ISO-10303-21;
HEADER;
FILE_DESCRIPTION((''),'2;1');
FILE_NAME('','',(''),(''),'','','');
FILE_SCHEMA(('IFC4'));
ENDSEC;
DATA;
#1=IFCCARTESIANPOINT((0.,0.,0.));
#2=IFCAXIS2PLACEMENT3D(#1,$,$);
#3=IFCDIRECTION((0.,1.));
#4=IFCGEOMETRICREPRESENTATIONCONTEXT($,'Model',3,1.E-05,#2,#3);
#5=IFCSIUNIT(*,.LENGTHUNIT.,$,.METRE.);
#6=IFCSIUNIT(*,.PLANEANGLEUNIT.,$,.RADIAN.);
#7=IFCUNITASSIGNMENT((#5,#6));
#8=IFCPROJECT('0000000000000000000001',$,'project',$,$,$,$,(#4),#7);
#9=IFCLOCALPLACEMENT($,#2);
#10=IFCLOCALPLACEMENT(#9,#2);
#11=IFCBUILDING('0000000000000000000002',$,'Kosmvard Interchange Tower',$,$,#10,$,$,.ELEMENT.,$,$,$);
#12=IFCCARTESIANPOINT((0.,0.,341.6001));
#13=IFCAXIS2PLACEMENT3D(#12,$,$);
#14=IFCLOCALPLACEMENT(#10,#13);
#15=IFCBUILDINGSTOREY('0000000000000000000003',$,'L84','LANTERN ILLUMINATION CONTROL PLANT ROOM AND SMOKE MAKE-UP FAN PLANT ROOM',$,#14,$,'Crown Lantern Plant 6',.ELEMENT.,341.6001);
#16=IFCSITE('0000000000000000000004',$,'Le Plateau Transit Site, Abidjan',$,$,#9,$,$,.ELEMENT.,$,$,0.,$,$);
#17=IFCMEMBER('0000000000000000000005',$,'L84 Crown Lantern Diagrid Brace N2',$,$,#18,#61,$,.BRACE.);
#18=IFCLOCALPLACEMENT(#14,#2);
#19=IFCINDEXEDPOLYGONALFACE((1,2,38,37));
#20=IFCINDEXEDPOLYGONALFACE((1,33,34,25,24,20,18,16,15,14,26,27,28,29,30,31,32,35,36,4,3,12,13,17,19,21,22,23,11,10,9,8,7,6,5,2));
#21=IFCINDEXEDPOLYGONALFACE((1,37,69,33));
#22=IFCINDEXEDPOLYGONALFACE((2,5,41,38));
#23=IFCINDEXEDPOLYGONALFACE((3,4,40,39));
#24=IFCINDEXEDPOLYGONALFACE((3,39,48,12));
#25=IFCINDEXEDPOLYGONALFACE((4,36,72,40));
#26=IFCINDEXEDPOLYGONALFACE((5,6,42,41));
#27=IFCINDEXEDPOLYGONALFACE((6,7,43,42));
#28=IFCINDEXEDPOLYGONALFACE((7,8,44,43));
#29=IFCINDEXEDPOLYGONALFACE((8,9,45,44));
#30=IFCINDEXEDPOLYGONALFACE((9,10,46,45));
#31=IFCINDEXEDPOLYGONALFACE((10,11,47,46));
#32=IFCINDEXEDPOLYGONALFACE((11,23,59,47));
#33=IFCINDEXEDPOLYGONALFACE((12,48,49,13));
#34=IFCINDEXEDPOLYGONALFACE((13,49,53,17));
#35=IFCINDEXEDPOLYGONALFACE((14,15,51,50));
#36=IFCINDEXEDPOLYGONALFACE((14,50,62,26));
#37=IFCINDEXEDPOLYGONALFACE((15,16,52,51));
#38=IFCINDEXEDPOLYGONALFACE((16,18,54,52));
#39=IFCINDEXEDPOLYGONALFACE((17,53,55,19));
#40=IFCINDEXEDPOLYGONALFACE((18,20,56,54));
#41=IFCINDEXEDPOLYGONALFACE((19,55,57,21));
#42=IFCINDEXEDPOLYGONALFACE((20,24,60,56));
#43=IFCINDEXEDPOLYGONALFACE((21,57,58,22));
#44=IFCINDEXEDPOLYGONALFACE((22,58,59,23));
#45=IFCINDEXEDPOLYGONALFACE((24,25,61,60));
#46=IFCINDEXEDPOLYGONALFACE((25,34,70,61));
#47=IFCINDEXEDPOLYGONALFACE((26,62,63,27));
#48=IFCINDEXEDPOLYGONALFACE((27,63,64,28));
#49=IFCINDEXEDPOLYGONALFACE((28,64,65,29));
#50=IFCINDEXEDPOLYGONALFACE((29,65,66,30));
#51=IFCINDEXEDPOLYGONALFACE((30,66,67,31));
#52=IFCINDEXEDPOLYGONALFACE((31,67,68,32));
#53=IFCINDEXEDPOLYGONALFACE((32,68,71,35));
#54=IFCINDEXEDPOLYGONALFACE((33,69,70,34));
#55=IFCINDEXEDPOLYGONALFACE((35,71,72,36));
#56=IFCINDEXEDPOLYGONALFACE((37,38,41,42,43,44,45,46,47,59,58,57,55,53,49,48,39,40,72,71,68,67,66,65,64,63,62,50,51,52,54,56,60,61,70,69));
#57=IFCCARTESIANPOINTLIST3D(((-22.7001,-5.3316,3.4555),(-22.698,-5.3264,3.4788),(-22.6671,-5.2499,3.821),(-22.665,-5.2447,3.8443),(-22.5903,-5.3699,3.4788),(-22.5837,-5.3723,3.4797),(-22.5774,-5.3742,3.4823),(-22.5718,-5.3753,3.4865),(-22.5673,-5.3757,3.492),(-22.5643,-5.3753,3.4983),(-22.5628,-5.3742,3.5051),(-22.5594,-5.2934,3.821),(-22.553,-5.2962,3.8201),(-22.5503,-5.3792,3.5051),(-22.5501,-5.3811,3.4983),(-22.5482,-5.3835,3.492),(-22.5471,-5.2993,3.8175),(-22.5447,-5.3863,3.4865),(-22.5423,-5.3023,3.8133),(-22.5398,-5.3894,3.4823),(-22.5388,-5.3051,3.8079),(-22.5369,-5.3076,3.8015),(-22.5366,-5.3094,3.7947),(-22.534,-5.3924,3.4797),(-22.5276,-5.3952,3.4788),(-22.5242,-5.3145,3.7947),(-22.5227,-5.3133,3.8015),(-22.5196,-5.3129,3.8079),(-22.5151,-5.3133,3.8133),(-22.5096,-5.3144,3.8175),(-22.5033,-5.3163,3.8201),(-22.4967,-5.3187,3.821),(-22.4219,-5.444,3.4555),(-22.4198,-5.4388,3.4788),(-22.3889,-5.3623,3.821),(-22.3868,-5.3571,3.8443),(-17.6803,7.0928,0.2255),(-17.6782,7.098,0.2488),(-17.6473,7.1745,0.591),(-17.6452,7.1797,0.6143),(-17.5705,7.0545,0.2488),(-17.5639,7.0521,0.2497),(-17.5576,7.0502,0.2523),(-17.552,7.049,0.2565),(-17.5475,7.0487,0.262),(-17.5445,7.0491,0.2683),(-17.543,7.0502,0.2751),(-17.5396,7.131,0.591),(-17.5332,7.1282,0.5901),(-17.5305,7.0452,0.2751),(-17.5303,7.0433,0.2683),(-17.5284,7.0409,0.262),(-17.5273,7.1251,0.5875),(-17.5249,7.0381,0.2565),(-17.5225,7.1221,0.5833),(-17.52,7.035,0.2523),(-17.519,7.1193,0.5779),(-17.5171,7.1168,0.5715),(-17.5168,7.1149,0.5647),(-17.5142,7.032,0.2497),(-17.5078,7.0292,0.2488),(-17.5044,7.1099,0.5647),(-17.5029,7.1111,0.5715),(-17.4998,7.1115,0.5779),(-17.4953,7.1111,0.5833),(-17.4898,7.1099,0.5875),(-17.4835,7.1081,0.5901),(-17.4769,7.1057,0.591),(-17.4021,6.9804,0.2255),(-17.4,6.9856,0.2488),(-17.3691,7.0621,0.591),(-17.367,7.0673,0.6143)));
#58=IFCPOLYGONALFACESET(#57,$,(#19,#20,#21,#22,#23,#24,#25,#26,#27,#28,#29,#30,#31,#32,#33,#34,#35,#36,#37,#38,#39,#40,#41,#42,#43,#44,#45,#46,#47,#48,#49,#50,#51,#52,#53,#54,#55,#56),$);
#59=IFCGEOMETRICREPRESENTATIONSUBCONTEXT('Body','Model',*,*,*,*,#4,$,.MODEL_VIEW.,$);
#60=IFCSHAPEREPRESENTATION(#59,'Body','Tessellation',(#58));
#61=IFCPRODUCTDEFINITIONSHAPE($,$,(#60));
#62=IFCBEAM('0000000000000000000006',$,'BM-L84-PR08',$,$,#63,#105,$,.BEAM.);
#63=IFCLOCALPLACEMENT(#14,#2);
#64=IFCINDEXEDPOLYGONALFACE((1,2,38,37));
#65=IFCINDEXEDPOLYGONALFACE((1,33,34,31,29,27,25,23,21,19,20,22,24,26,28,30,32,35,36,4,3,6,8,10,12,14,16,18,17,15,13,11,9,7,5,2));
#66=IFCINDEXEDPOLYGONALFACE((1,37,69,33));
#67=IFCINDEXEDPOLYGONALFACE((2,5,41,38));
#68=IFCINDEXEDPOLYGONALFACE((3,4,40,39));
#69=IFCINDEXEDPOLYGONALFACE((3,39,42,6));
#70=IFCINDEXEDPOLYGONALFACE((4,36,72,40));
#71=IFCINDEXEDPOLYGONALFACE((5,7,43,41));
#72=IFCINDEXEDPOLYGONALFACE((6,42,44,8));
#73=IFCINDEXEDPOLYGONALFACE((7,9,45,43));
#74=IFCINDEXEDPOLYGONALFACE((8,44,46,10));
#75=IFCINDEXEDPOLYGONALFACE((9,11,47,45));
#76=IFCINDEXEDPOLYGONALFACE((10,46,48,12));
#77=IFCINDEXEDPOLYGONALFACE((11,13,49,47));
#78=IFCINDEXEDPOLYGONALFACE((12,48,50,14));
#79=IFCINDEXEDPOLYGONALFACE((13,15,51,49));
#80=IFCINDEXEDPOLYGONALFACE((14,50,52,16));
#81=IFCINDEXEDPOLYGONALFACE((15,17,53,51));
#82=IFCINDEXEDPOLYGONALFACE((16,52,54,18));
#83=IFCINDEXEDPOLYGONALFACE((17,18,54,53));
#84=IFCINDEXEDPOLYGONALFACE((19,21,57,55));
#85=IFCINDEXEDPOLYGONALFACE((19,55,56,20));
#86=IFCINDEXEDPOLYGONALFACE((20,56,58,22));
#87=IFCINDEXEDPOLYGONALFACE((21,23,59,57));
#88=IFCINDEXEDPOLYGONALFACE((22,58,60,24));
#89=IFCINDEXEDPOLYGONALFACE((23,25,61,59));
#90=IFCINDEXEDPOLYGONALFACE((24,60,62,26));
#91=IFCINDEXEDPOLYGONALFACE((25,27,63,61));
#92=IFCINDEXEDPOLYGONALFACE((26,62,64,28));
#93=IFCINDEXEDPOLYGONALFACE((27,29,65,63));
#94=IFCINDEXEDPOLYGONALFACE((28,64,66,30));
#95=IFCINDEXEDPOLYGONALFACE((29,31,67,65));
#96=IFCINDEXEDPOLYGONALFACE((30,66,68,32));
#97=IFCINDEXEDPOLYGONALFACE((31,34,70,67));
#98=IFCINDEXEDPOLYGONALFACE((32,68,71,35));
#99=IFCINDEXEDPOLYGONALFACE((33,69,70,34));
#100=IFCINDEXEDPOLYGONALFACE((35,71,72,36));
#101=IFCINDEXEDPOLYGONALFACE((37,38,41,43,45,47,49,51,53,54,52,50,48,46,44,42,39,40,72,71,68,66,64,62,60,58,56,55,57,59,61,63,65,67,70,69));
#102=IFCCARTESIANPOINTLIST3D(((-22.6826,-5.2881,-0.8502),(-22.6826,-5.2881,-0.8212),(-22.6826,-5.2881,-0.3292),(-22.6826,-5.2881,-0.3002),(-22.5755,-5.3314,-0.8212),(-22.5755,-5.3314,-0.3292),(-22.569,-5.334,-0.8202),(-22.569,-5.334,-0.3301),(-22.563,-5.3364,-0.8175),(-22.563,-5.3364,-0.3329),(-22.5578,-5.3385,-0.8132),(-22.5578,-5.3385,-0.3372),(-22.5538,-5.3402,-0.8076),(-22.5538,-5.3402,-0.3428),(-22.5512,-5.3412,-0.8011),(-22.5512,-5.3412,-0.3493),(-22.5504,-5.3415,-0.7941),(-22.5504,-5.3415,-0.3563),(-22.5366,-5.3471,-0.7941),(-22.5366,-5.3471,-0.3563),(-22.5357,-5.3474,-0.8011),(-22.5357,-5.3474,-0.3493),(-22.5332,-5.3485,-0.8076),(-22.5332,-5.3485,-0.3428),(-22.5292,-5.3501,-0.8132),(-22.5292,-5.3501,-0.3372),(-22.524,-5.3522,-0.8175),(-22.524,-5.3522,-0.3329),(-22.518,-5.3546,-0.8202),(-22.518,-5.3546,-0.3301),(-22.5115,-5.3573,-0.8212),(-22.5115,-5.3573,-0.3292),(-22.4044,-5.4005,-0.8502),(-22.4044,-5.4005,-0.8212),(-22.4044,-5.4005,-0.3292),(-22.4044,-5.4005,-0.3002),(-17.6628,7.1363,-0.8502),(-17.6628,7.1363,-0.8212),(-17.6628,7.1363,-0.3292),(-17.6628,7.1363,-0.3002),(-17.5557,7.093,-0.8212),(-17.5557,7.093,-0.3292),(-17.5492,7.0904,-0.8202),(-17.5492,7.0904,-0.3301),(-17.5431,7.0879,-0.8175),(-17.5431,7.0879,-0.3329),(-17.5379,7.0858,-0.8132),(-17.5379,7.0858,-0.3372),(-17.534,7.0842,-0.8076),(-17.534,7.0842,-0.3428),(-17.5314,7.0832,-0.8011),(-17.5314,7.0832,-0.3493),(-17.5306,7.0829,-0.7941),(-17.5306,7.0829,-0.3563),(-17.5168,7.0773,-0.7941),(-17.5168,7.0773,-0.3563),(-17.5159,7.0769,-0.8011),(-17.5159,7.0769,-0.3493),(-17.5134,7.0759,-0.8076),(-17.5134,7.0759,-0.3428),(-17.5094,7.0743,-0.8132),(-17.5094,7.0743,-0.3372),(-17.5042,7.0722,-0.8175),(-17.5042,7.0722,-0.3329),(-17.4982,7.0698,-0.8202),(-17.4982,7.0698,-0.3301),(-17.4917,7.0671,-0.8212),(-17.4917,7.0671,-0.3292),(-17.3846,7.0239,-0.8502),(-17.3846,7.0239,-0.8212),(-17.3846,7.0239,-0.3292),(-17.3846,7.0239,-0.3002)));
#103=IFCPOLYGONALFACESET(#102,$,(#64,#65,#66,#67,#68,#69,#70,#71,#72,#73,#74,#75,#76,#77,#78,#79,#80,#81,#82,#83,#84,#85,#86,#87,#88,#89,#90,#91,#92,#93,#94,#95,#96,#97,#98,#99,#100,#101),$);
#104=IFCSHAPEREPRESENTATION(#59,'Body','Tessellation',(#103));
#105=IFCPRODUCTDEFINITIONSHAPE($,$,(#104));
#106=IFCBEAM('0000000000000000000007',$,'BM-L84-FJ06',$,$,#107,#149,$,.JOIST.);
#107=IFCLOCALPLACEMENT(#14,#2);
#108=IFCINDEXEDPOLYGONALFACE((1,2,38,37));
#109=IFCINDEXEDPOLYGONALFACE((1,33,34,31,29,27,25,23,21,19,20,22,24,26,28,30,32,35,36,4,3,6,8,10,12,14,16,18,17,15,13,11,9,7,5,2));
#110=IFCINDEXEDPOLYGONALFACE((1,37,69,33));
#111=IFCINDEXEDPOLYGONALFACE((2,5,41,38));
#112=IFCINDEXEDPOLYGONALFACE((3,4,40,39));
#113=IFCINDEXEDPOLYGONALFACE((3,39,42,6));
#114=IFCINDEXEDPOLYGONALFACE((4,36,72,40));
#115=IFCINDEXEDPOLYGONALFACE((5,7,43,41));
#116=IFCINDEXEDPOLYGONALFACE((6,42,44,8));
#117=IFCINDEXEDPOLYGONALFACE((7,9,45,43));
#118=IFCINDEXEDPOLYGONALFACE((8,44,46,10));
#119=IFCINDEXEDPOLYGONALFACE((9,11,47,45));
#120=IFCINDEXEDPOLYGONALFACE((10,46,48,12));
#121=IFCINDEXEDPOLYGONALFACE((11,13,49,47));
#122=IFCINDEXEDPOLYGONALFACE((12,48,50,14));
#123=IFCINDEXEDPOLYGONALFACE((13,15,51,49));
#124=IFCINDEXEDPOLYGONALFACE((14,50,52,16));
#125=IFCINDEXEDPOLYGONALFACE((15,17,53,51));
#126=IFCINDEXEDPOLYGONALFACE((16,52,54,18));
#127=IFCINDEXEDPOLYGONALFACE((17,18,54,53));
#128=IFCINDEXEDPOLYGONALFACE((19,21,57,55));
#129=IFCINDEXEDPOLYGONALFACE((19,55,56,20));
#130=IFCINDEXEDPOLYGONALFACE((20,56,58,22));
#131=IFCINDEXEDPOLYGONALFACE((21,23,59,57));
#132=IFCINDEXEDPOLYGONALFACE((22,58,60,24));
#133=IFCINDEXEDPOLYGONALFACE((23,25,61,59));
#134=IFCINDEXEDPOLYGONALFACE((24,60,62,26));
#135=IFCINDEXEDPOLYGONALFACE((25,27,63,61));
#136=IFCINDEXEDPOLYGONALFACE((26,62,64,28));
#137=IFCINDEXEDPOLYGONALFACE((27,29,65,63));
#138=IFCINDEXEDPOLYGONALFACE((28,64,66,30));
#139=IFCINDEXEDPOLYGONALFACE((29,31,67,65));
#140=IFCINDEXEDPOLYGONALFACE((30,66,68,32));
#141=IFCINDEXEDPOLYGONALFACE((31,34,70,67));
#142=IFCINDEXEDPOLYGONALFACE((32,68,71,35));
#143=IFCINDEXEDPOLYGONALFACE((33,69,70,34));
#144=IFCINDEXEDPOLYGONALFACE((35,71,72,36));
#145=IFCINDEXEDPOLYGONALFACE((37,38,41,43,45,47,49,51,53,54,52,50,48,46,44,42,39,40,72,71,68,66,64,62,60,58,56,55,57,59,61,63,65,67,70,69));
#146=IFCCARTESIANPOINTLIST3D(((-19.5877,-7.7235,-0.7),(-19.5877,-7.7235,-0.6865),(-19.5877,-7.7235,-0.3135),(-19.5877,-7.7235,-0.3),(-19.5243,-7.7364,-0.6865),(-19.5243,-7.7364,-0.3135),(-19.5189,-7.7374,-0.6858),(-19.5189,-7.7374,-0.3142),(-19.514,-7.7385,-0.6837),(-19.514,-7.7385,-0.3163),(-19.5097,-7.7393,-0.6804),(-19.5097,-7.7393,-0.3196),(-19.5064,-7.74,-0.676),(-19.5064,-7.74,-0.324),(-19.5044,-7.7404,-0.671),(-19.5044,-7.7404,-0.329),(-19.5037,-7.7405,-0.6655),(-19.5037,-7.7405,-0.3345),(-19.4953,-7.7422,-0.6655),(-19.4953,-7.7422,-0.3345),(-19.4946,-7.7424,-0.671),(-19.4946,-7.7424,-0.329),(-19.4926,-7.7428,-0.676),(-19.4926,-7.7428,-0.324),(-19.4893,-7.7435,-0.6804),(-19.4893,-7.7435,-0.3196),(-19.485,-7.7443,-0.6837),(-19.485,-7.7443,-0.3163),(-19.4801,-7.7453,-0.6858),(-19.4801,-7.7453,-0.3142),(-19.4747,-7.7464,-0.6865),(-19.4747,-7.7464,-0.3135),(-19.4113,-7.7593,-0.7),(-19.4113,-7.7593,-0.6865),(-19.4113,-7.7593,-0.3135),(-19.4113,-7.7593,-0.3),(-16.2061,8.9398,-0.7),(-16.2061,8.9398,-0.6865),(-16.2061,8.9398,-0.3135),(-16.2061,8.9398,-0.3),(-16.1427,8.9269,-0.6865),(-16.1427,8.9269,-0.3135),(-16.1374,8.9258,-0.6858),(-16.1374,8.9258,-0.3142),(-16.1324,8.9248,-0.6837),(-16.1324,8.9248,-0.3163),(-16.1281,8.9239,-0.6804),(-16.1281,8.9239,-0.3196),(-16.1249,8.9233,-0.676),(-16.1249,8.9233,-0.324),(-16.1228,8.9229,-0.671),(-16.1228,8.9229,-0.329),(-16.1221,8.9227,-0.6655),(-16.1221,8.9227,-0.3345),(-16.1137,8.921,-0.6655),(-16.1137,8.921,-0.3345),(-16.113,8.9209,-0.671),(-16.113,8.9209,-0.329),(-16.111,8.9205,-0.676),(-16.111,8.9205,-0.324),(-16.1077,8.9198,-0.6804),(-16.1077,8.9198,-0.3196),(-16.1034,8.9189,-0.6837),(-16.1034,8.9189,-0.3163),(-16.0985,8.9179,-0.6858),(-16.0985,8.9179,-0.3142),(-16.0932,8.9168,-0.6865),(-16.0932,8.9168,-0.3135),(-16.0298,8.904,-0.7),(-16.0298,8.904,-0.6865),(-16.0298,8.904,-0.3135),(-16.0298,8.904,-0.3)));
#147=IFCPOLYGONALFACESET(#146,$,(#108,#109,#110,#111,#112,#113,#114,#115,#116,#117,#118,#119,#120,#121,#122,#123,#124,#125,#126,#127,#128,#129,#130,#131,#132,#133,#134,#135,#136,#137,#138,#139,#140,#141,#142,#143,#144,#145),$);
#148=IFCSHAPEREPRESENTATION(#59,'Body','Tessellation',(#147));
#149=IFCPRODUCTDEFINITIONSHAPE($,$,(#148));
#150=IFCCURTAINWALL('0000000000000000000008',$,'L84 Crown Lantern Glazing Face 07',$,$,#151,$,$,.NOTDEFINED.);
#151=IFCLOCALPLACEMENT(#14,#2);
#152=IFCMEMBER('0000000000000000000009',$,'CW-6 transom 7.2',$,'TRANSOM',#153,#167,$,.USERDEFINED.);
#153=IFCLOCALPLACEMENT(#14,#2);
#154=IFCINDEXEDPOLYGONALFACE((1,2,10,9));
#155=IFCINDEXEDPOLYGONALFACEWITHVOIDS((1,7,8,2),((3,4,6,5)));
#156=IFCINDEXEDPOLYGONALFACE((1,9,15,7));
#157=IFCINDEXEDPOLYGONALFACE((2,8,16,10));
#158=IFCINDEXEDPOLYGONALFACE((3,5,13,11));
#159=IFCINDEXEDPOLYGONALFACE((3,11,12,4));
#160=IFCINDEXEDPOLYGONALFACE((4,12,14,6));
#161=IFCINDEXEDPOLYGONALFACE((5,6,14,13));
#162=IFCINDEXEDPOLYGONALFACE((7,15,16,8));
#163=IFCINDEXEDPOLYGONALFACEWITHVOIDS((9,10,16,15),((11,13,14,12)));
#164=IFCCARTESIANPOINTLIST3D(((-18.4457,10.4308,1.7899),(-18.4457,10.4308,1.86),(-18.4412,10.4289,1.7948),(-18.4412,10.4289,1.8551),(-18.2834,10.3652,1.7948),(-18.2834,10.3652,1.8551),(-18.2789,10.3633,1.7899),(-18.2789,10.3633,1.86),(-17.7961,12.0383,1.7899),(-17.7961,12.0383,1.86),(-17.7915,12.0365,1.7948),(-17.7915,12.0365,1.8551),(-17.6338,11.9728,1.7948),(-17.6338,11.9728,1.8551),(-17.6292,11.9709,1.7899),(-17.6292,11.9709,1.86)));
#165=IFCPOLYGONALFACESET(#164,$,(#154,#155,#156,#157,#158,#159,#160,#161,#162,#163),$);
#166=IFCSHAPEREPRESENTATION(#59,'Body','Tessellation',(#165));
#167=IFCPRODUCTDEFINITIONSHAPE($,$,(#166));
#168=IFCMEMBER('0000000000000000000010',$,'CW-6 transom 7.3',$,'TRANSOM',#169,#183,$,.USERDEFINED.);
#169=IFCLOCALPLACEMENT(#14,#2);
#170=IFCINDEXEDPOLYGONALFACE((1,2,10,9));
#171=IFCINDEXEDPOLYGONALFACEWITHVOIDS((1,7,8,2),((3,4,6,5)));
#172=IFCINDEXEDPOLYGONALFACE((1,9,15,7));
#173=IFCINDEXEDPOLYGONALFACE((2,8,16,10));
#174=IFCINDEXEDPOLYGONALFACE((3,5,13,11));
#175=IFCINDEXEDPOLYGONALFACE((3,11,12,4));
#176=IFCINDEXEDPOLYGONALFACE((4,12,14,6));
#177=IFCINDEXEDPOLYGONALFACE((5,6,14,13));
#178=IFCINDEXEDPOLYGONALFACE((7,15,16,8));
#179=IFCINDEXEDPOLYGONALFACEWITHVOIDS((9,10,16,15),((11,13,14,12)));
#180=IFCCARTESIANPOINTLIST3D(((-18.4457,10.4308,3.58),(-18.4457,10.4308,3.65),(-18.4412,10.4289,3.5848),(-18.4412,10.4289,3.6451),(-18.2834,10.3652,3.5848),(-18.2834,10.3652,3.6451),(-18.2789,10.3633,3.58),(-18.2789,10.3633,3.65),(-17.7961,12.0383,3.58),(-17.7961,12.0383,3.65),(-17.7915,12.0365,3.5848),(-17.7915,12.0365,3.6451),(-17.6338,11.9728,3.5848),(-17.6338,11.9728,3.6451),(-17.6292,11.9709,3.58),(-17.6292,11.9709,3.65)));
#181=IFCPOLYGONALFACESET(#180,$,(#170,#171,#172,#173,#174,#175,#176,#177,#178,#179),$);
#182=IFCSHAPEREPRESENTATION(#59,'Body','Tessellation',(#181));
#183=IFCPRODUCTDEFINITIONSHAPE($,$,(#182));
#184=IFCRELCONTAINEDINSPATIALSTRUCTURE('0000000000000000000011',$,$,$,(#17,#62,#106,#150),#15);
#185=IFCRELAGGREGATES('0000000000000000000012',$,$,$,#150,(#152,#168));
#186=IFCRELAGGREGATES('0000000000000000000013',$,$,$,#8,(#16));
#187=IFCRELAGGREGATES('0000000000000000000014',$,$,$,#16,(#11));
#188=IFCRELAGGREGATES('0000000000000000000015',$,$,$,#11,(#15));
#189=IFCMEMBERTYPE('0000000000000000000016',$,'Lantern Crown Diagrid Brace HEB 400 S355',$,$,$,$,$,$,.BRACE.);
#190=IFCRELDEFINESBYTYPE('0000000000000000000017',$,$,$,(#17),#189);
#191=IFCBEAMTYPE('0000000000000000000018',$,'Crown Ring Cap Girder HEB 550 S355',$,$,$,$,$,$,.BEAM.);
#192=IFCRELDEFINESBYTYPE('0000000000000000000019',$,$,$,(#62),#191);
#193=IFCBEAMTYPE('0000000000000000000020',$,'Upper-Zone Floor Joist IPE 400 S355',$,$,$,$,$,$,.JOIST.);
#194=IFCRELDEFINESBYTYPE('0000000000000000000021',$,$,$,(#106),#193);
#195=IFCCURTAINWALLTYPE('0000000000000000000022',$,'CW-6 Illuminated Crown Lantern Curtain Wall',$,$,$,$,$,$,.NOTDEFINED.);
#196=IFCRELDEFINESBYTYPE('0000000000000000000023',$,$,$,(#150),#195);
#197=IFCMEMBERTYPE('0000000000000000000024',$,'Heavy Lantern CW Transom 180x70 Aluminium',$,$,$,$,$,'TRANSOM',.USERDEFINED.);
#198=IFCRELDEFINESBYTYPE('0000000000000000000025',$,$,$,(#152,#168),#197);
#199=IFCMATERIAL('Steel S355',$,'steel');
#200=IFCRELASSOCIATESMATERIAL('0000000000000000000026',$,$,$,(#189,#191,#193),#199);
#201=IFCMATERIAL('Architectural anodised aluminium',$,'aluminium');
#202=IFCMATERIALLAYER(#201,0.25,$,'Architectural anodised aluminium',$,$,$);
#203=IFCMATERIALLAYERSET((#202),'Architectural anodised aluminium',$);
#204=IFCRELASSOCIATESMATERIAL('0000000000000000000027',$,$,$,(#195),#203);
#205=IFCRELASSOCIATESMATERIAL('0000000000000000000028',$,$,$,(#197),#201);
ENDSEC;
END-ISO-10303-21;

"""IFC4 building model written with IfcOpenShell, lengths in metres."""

from ifc_helpers import new_model, si_unit, direction, frame, origin, origin_2d, place, context, subcontext, project, spatial, hollow_rectangle, i_section, extrude, source, transform, mapped, material, layer, layer_set, material_profile, profile_set, type_object, element, aggregate, save


model = new_model("IFC4")

# Units and contexts
model_context = context("Model", 3, precision=1e-05, world=origin(), true_north=direction((0.0, 1.0)))
body_context = subcontext(model_context, "Body", "Model", "MODEL_VIEW")
ifc_project = project(units=[si_unit("LENGTHUNIT", "METRE"), si_unit("PLANEANGLEUNIT", "RADIAN")], contexts=[model_context])

# Site, building, storey
site_placement = place(None, origin())
site = spatial("IfcSite", under=ifc_project, at=site_placement, Name="Le Plateau Transit Site, Abidjan", CompositionType="ELEMENT", RefElevation=0.0)
building_placement = place(site_placement, origin())
building = spatial("IfcBuilding", under=site, at=building_placement, Name="Kosmvard Interchange Tower", CompositionType="ELEMENT")
storey_placement = place(building_placement, frame((0.0, 0.0, 341.6001)))
storey = spatial("IfcBuildingStorey", under=building, at=storey_placement, Name="L84", Description="LANTERN ILLUMINATION CONTROL PLANT ROOM AND SMOKE MAKE-UP FAN PLANT ROOM", LongName="Crown Lantern Plant 6", CompositionType="ELEMENT", Elevation=341.6001)

# Shared definitions
ifc_material_1 = material(Name="Steel S355", Category="steel")

# Member
ifc_material_profile_1 = material_profile(ifc_material_1, i_section(OverallWidth=0.3, OverallDepth=0.3999, WebThickness=0.0134, FlangeThickness=0.0239, FilletRadius=0.0271, at=origin_2d()), Name="HEB 400")
ifc_profile_set_1 = profile_set([ifc_material_profile_1], Name="Steel S355")
member_type_1 = type_object("IfcMemberType", Name="Lantern Crown Diagrid Brace HEB 400 S355", PredefinedType="BRACE", material=ifc_profile_set_1)
shared_shape_1 = source(origin(), body_context, "Body", "SweptSolid", [
    extrude(i_section(OverallWidth=0.3, OverallDepth=0.3999, WebThickness=0.0134, FlangeThickness=0.0239, FilletRadius=0.0271, at=origin_2d()), origin(), (0.0, 0.0, 1.0), 13.7839),
])
member_1_placement = place(storey_placement, frame((-17.5237, 7.0801, 0.4199), z_axis=(-0.364178, -0.901368, 0.234331), x_axis=(0.927183, -0.374608, 0.0)))
element("IfcMember", 1, at=member_1_placement, inside=storey, type_object=member_type_1, Name="L84 Crown Lantern Diagrid Brace N2", PredefinedType="BRACE", context=body_context, shape_type="MappedRepresentation", body=[
    mapped(shared_shape_1, transform((0.0, 0.0, 0.0), scale=1.0)),
])

# Beams
ifc_material_profile_2 = material_profile(ifc_material_1, i_section(OverallWidth=0.3, OverallDepth=0.55, WebThickness=0.0149, FlangeThickness=0.0291, FilletRadius=0.0271, at=origin_2d()), Name="HEB 550")
ifc_profile_set_2 = profile_set([ifc_material_profile_2], Name="Steel S355")
beam_type_1 = type_object("IfcBeamType", Name="Crown Ring Cap Girder HEB 550 S355", PredefinedType="BEAM", material=ifc_profile_set_2)
shared_shape_2 = source(origin(), body_context, "Body", "SweptSolid", [
    extrude(i_section(OverallWidth=0.3, OverallDepth=0.55, WebThickness=0.0149, FlangeThickness=0.0291, FilletRadius=0.0271, at=origin_2d()), origin(), (0.0, 0.0, 1.0), 13.4001),
])
beam_1_placement = place(storey_placement, frame((-17.5237, 7.0801, -0.5752), z_axis=(-0.374608, -0.927183, 0.0), x_axis=(0.927183, -0.374608, 0.0)))
element("IfcBeam", 2, at=beam_1_placement, inside=storey, type_object=beam_type_1, Name="BM-L84-PR08", PredefinedType="BEAM", context=body_context, shape_type="MappedRepresentation", body=[
    mapped(shared_shape_2, transform((0.0, 0.0, 0.0), scale=1.0)),
])
ifc_material_profile_3 = material_profile(ifc_material_1, i_section(OverallWidth=0.1799, OverallDepth=0.3999, WebThickness=0.0085, FlangeThickness=0.0134, FilletRadius=0.021, at=origin_2d()), Name="IPE 400")
ifc_profile_set_3 = profile_set([ifc_material_profile_3], Name="Steel S355")
beam_type_2 = type_object("IfcBeamType", Name="Upper-Zone Floor Joist IPE 400 S355", PredefinedType="JOIST", material=ifc_profile_set_3)
shared_shape_3 = source(origin(), body_context, "Body", "SweptSolid", [
    extrude(i_section(OverallWidth=0.1799, OverallDepth=0.3999, WebThickness=0.0085, FlangeThickness=0.0134, FilletRadius=0.021, at=origin_2d()), origin(), (0.0, 0.0, 1.0), 17.0029),
])
beam_2_placement = place(storey_placement, frame((-16.1179, 8.9219, -0.5), z_axis=(-0.198882, -0.980023, 0.0), x_axis=(0.980023, -0.198882, 0.0)))
element("IfcBeam", 3, at=beam_2_placement, inside=storey, type_object=beam_type_2, Name="BM-L84-FJ06", PredefinedType="JOIST", context=body_context, shape_type="MappedRepresentation", body=[
    mapped(shared_shape_3, transform((0.0, 0.0, 0.0), scale=1.0)),
])

# Curtain wall, members
ifc_material_2 = material(Name="Architectural anodised aluminium", Category="aluminium")
ifc_layer_1 = layer(ifc_material_2, 0.25, Name="Architectural anodised aluminium")
ifc_layer_set_1 = layer_set([ifc_layer_1], Name="Architectural anodised aluminium")
curtain_wall_type = type_object("IfcCurtainWallType", Name="CW-6 Illuminated Crown Lantern Curtain Wall", PredefinedType="NOTDEFINED", material=ifc_layer_set_1)
curtain_wall_placement = place(storey_placement, origin())
curtain_wall = element("IfcCurtainWall", 4, at=curtain_wall_placement, inside=storey, type_object=curtain_wall_type, Name="L84 Crown Lantern Glazing Face 07", PredefinedType="NOTDEFINED")
ifc_material_profile_4 = material_profile(ifc_material_2, hollow_rectangle(XDim=0.1799, YDim=0.0701, WallThickness=0.0049, at=origin_2d()), Name="CWT 180x70x5")
ifc_profile_set_4 = profile_set([ifc_material_profile_4], Name="Architectural anodised aluminium")
member_type_2 = type_object("IfcMemberType", Name="Heavy Lantern CW Transom 180x70 Aluminium", ElementType="TRANSOM", PredefinedType="USERDEFINED", material=ifc_profile_set_4)
shared_shape_4 = source(origin(), body_context, "Body", "SweptSolid", [
    extrude(hollow_rectangle(XDim=0.1799, YDim=0.0701, WallThickness=0.0049, at=origin_2d()), origin(), (0.0, 0.0, 1.0), 1.7339),
])
member_2_placement = place(storey_placement, frame((-17.7126, 12.0046, 1.825), z_axis=(-0.374666, -0.92716, 0.0), x_axis=(0.92716, -0.374666, 0.0)))
member_2 = element("IfcMember", 5, at=member_2_placement, type_object=member_type_2, Name="CW-6 transom 7.2", ObjectType="TRANSOM", PredefinedType="USERDEFINED", context=body_context, shape_type="MappedRepresentation", body=[
    mapped(shared_shape_4, transform((0.0, 0.0, 0.0), scale=1.0)),
])
member_3_placement = place(storey_placement, frame((-17.7126, 12.0046, 3.615), z_axis=(-0.374666, -0.92716, 0.0), x_axis=(0.92716, -0.374666, 0.0)))
member_3 = element("IfcMember", 6, at=member_3_placement, type_object=member_type_2, Name="CW-6 transom 7.3", ObjectType="TRANSOM", PredefinedType="USERDEFINED", context=body_context, shape_type="MappedRepresentation", body=[
    mapped(shared_shape_4, transform((0.0, 0.0, 0.0), scale=1.0)),
])
aggregate(curtain_wall, [member_2, member_3])

save(model, "model.ifc")
